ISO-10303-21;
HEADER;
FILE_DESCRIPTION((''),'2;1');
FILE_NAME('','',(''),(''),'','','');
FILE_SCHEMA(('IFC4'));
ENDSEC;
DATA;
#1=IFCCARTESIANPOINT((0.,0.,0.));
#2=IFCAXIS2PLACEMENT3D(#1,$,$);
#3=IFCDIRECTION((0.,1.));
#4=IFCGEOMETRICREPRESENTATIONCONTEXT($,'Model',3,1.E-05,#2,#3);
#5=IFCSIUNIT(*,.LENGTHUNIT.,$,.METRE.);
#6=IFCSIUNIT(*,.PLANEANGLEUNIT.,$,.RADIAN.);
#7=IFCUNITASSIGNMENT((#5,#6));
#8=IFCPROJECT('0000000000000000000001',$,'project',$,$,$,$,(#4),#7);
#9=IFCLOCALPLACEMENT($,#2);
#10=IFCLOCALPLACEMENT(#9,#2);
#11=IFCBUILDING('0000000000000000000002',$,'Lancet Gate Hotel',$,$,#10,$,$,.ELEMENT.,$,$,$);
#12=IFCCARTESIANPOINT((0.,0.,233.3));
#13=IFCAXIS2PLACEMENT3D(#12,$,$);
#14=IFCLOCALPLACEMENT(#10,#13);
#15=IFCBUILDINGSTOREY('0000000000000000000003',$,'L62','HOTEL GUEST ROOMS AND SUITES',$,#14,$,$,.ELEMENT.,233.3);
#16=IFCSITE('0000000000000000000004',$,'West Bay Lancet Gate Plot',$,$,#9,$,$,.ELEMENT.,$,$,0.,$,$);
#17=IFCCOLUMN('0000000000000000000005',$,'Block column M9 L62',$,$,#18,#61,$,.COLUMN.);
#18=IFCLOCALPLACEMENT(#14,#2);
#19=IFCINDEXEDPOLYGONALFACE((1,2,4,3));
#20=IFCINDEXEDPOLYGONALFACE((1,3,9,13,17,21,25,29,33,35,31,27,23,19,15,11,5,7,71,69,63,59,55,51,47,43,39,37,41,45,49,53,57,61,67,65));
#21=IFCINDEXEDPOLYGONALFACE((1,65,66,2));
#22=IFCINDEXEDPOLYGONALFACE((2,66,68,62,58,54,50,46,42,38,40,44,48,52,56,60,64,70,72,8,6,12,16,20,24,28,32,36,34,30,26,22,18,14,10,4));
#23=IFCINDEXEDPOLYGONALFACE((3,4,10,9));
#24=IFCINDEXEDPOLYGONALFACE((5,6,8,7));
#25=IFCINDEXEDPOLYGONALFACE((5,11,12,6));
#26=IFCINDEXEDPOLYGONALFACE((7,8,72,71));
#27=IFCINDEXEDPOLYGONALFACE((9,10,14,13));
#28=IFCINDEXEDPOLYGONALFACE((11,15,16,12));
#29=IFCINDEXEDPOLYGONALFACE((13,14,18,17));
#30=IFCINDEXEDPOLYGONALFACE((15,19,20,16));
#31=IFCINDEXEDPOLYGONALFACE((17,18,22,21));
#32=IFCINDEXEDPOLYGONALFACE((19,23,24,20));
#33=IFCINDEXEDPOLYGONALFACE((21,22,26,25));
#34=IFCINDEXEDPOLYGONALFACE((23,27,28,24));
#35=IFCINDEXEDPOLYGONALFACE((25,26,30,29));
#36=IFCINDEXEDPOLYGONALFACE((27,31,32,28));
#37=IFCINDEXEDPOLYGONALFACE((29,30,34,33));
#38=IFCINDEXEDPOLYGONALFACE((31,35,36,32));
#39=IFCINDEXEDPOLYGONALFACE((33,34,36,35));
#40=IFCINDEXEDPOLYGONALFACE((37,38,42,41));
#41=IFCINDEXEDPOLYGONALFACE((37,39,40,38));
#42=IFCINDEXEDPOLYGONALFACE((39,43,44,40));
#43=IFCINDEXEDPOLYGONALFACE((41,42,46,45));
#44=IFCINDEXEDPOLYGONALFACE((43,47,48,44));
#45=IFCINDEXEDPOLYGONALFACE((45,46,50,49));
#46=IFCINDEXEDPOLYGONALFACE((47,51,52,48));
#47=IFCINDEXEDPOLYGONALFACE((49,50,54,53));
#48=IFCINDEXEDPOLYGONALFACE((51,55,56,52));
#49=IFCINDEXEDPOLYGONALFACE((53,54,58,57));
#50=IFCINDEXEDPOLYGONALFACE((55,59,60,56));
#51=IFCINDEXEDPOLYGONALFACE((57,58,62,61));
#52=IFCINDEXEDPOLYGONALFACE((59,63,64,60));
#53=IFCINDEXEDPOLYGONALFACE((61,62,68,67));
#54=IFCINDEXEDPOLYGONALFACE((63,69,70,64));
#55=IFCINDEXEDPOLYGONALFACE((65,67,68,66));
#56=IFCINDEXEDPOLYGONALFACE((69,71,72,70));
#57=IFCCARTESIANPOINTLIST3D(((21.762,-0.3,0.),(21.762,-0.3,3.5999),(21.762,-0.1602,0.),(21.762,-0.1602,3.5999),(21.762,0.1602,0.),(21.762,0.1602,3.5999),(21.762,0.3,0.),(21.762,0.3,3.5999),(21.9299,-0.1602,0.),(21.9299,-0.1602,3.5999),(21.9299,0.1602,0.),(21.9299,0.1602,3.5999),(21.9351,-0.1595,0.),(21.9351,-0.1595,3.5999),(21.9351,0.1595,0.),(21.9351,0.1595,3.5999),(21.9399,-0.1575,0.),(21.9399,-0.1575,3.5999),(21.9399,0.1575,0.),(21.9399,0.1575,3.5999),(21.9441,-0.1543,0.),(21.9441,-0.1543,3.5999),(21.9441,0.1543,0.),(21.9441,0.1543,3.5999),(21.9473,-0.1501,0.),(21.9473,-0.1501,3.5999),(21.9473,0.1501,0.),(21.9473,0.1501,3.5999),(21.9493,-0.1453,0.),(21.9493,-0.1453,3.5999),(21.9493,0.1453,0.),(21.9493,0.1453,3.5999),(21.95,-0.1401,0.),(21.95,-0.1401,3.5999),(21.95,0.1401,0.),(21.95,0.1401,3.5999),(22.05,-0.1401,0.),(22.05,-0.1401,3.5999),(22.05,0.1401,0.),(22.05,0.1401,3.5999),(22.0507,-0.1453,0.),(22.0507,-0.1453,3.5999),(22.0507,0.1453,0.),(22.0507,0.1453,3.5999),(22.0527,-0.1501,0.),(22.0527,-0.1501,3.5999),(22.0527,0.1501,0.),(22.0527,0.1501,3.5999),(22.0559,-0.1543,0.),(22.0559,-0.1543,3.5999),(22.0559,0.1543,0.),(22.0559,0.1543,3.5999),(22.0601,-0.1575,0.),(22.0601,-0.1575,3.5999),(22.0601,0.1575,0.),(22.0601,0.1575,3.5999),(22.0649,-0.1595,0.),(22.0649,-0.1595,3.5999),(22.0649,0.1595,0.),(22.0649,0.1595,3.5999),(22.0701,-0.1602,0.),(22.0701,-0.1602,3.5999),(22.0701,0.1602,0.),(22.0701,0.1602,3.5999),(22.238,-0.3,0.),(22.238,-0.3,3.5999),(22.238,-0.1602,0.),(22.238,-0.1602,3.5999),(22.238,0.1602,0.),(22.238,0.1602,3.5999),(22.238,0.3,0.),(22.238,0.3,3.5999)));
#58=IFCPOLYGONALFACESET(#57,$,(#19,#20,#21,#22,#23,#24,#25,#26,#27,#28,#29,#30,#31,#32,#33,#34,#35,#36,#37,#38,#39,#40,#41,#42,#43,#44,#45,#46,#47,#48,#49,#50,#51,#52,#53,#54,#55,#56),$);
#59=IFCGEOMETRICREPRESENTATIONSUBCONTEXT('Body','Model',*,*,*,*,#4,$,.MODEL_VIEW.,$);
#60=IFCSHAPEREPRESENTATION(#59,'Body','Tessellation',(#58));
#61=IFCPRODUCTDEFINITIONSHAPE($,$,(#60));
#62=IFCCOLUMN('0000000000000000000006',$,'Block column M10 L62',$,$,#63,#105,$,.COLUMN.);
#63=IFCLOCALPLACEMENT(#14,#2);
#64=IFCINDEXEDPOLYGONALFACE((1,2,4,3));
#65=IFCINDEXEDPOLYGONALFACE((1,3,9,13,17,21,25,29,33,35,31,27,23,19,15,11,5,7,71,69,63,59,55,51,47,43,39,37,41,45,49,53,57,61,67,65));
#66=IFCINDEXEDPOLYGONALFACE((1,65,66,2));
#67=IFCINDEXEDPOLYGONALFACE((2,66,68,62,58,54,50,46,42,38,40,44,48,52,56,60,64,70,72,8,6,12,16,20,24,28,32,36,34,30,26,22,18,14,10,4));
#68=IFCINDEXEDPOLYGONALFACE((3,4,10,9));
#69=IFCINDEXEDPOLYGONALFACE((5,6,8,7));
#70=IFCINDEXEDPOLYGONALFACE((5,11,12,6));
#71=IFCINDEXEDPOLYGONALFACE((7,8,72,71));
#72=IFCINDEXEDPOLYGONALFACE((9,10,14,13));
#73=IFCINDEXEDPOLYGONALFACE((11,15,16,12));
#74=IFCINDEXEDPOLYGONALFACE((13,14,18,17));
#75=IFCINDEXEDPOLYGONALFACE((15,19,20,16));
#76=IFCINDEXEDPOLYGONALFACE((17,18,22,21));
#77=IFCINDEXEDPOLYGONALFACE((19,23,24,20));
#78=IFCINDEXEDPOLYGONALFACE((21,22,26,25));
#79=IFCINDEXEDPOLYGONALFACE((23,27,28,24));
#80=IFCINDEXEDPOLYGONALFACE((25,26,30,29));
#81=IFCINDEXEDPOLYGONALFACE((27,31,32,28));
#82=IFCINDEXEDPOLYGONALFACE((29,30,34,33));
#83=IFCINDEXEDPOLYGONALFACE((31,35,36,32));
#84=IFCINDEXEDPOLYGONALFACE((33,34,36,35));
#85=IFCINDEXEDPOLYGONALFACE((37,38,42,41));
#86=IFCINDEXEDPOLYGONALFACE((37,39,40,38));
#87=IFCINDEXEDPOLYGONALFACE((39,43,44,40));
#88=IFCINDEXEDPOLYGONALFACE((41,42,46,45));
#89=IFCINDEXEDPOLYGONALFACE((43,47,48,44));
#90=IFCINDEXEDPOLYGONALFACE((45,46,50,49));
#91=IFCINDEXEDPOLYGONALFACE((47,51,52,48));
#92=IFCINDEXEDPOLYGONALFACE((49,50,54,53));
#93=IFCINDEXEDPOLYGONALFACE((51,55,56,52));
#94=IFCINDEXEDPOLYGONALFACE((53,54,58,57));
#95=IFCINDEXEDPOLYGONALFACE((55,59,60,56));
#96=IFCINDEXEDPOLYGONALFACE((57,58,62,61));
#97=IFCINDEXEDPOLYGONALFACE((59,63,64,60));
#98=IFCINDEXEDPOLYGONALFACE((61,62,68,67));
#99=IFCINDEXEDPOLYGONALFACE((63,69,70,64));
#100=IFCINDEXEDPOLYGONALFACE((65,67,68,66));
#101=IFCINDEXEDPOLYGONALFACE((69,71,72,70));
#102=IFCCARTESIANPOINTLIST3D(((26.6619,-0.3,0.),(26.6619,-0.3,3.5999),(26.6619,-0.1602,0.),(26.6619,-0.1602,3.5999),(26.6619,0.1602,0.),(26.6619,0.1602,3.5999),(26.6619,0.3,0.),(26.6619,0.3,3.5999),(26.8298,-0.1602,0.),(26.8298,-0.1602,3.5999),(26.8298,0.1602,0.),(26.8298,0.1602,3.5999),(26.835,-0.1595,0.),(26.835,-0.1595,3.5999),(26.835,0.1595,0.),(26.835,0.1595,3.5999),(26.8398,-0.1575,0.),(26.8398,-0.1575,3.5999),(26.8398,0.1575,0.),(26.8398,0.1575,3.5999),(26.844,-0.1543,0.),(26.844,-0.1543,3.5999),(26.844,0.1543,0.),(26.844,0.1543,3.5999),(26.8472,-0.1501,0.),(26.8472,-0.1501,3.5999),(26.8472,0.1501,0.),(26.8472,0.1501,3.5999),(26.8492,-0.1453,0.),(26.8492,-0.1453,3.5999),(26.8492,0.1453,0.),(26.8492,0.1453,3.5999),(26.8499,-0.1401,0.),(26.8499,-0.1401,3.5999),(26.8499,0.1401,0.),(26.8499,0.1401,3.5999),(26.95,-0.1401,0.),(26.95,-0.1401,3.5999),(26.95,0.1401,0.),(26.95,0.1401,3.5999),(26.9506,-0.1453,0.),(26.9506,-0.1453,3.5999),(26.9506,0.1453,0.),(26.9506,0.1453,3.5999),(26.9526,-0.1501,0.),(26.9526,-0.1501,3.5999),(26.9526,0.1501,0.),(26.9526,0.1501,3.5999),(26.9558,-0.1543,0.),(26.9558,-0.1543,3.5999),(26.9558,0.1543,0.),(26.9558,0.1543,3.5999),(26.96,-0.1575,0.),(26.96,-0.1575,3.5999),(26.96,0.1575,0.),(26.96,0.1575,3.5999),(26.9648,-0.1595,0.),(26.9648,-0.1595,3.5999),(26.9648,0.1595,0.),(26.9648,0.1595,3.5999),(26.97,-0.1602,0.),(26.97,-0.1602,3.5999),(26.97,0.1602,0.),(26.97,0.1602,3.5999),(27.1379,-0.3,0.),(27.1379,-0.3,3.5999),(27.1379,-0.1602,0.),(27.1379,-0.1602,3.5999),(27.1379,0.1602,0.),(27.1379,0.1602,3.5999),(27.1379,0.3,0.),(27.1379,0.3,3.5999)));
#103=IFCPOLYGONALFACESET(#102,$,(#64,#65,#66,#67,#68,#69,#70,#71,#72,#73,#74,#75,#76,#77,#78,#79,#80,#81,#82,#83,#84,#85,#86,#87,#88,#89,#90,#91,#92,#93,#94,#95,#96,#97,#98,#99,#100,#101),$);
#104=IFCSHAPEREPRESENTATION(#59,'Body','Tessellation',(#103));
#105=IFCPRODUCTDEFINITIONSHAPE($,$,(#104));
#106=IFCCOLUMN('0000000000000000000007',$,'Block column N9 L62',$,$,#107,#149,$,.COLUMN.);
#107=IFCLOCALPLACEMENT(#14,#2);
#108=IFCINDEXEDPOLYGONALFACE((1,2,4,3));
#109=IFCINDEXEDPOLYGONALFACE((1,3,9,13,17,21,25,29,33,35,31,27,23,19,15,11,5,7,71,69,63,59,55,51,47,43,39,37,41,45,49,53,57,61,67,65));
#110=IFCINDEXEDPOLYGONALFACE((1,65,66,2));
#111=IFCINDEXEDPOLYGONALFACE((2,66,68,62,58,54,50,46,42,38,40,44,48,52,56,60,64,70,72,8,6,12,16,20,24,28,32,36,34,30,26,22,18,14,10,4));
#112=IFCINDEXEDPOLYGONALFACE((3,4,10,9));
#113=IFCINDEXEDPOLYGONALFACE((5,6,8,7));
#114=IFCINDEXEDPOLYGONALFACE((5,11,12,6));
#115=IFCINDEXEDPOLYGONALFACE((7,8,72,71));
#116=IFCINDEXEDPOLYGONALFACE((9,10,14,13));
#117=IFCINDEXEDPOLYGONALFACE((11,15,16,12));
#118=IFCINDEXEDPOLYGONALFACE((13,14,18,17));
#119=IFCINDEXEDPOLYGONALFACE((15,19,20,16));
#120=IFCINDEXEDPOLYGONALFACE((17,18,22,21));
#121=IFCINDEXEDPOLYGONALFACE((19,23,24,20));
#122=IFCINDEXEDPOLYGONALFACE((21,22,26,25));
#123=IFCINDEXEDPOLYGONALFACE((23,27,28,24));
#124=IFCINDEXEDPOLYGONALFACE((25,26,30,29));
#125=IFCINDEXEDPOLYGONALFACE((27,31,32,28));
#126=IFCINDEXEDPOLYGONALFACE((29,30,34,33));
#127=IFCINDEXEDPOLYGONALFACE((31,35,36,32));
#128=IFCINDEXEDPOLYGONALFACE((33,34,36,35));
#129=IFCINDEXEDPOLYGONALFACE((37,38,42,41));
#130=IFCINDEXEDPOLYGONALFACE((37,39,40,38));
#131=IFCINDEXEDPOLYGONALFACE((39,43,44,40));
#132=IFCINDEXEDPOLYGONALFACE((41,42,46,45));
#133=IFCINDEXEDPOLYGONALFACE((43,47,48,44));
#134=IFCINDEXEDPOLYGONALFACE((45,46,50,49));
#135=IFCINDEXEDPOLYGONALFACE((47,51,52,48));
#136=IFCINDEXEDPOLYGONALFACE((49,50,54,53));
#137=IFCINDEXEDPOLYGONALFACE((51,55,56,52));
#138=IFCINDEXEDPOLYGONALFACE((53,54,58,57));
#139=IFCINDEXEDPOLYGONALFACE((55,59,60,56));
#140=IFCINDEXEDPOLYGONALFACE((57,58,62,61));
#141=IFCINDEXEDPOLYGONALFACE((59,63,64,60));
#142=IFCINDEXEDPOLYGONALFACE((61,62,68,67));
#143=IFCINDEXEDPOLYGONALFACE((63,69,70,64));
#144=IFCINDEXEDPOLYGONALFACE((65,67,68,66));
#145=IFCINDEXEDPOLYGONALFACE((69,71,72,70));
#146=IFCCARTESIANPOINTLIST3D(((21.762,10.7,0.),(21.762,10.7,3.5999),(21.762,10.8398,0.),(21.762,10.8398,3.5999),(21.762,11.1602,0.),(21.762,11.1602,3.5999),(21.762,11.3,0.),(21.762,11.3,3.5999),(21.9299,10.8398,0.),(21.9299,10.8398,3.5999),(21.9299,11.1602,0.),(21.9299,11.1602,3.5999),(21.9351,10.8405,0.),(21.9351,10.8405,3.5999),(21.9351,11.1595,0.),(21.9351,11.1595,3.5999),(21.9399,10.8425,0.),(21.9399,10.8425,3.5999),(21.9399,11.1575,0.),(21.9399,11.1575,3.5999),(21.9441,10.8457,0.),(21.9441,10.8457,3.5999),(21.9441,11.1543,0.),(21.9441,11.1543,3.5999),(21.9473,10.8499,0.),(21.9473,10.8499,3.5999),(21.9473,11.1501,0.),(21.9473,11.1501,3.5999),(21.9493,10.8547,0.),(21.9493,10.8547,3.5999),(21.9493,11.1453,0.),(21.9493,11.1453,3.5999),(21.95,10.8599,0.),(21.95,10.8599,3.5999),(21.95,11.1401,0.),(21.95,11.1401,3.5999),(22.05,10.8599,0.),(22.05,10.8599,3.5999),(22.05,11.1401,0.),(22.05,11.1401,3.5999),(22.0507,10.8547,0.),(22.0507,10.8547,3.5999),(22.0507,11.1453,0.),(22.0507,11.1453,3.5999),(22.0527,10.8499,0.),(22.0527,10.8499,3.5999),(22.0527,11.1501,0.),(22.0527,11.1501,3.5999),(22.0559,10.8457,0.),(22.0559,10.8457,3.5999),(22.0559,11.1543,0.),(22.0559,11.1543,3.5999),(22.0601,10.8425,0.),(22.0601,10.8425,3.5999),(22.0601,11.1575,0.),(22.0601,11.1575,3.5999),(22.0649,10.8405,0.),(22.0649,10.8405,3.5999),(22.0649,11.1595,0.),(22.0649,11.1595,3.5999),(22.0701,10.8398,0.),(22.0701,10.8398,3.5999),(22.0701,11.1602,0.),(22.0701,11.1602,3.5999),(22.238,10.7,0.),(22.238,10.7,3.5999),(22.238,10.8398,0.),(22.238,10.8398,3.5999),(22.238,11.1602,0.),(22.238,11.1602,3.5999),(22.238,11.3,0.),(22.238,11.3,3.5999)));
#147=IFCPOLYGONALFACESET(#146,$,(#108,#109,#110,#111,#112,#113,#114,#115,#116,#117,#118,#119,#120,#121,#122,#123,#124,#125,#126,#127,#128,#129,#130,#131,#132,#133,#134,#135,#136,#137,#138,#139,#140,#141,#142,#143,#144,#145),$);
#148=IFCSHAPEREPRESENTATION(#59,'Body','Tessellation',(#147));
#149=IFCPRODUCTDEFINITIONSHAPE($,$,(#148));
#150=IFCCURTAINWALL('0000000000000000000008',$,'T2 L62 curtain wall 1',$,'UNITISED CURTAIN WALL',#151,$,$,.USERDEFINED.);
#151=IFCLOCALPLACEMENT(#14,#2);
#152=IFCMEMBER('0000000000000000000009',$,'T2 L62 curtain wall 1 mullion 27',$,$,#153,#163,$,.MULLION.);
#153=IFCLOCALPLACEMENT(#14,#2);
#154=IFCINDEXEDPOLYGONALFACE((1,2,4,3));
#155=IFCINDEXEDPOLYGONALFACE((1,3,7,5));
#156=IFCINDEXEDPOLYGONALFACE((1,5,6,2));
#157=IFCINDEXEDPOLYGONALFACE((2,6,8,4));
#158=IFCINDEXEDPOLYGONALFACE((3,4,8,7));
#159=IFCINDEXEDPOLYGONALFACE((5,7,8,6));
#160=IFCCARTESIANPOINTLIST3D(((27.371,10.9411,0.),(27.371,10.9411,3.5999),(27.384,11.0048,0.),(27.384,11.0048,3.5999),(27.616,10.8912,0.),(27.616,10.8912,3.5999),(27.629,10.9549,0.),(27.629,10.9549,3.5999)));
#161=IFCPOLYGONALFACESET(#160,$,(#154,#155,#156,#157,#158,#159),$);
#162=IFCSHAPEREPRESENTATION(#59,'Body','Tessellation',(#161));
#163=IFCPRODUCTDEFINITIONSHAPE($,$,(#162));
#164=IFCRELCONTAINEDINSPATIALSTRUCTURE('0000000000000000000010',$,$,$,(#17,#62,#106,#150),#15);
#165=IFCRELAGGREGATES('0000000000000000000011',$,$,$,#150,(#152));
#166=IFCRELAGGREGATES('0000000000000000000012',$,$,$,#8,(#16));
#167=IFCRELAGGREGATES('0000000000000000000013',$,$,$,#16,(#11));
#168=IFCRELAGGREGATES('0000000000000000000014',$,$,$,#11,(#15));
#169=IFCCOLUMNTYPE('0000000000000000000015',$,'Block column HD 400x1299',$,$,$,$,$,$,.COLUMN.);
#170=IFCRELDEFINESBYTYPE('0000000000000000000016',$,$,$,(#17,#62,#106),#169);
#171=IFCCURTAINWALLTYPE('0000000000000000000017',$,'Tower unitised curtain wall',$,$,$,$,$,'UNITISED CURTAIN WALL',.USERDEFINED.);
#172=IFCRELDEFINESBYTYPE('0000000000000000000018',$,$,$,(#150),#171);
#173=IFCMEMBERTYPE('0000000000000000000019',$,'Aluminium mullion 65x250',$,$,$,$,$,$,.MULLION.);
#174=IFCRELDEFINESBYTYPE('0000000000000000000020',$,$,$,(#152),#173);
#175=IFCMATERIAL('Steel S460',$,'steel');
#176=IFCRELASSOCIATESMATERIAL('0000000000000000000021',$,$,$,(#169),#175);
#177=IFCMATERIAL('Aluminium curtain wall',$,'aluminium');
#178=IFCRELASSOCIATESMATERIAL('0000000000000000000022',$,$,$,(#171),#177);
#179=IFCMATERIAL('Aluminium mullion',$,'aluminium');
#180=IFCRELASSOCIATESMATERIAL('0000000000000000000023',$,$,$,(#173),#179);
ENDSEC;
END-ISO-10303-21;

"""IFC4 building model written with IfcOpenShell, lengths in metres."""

from ifc_helpers import new_model, si_unit, direction, frame, origin, origin_2d, place, context, subcontext, project, spatial, rectangle, i_section, extrude, material, material_profile, profile_set, type_object, element, aggregate, save


model = new_model("IFC4")

# Units and contexts
model_context = context("Model", 3, precision=1e-05, world=origin(), true_north=direction((0.0, 1.0)))
body_context = subcontext(model_context, "Body", "Model", "MODEL_VIEW")
ifc_project = project(units=[si_unit("LENGTHUNIT", "METRE"), si_unit("PLANEANGLEUNIT", "RADIAN")], contexts=[model_context])

# Site, building, storey
site_placement = place(None, origin())
site = spatial("IfcSite", under=ifc_project, at=site_placement, Name="West Bay Lancet Gate Plot", CompositionType="ELEMENT", RefElevation=0.0)
building_placement = place(site_placement, origin())
building = spatial("IfcBuilding", under=site, at=building_placement, Name="Lancet Gate Hotel", CompositionType="ELEMENT")
storey_placement = place(building_placement, frame((0.0, 0.0, 233.3)))
storey = spatial("IfcBuildingStorey", under=building, at=storey_placement, Name="L62", Description="HOTEL GUEST ROOMS AND SUITES", CompositionType="ELEMENT", Elevation=233.3)

# Columns
ifc_material_1 = material(Name="Steel S460", Category="steel")
ifc_material_profile_1 = material_profile(ifc_material_1, i_section(OverallWidth=0.4761, OverallDepth=0.6001, WebThickness=0.1001, FlangeThickness=0.1399, FilletRadius=0.02, at=origin_2d()), Name="HD 400x1299")
ifc_profile_set_1 = profile_set([ifc_material_profile_1], Name="Steel S460")
column_type = type_object("IfcColumnType", Name="Block column HD 400x1299", PredefinedType="COLUMN", material=ifc_profile_set_1)
for number, where, z_axis, x_axis, name in (
    (1, (22.0, 0.0, 0.0), (0.0, 0.0, 1.0), (1.0, 0.0, 0.0), "Block column M9 L62"),
    (2, (26.8999, 0.0, 0.0), (0.0, 0.0, 1.0), (1.0, 0.0, 0.0), "Block column M10 L62"),
    (3, (22.0, 11.0, 0.0), (0.0, 0.0, 1.0), (1.0, 0.0, 0.0), "Block column N9 L62"),
):
    element("IfcColumn", number, at=place(storey_placement, frame(where, z_axis=z_axis, x_axis=x_axis)), inside=storey, type_object=column_type, Name=name, PredefinedType="COLUMN", context=body_context, shape_type="SweptSolid", body=[
        extrude(i_section(OverallWidth=0.4761, OverallDepth=0.6001, WebThickness=0.1001, FlangeThickness=0.1399, FilletRadius=0.02, at=origin_2d()), origin(), (0.0, 0.0, 1.0), 3.5999),
    ])

# Curtain wall, member
ifc_material_2 = material(Name="Aluminium curtain wall", Category="aluminium")
curtain_wall_type = type_object("IfcCurtainWallType", Name="Tower unitised curtain wall", ElementType="UNITISED CURTAIN WALL", PredefinedType="USERDEFINED", material=ifc_material_2)
curtain_wall_placement = place(storey_placement, origin())
curtain_wall = element("IfcCurtainWall", 4, at=curtain_wall_placement, inside=storey, type_object=curtain_wall_type, Name="T2 L62 curtain wall 1", ObjectType="UNITISED CURTAIN WALL", PredefinedType="USERDEFINED")
ifc_material_3 = material(Name="Aluminium mullion", Category="aluminium")
ifc_material_profile_2 = material_profile(ifc_material_3, rectangle(XDim=0.0649, YDim=0.25, at=origin_2d()), Name="MULLION 65x250")
ifc_profile_set_2 = profile_set([ifc_material_profile_2], Name="Aluminium mullion")
member_type_1 = type_object("IfcMemberType", Name="Aluminium mullion 65x250", PredefinedType="MULLION", material=ifc_profile_set_2)
member_1_placement = place(storey_placement, frame((27.5, 10.948, 0.0), z_axis=(0.0, 0.0, 1.0), x_axis=(-0.199533, -0.979891, 0.0)))
member_1 = element("IfcMember", 5, at=member_1_placement, type_object=member_type_1, Name="T2 L62 curtain wall 1 mullion 27", PredefinedType="MULLION", context=body_context, shape_type="SweptSolid", body=[
    extrude(rectangle(XDim=0.0649, YDim=0.25, at=origin_2d()), origin(), (0.0, 0.0, 1.0), 3.5999),
])
aggregate(curtain_wall, [member_1])

save(model, "model.ifc")
